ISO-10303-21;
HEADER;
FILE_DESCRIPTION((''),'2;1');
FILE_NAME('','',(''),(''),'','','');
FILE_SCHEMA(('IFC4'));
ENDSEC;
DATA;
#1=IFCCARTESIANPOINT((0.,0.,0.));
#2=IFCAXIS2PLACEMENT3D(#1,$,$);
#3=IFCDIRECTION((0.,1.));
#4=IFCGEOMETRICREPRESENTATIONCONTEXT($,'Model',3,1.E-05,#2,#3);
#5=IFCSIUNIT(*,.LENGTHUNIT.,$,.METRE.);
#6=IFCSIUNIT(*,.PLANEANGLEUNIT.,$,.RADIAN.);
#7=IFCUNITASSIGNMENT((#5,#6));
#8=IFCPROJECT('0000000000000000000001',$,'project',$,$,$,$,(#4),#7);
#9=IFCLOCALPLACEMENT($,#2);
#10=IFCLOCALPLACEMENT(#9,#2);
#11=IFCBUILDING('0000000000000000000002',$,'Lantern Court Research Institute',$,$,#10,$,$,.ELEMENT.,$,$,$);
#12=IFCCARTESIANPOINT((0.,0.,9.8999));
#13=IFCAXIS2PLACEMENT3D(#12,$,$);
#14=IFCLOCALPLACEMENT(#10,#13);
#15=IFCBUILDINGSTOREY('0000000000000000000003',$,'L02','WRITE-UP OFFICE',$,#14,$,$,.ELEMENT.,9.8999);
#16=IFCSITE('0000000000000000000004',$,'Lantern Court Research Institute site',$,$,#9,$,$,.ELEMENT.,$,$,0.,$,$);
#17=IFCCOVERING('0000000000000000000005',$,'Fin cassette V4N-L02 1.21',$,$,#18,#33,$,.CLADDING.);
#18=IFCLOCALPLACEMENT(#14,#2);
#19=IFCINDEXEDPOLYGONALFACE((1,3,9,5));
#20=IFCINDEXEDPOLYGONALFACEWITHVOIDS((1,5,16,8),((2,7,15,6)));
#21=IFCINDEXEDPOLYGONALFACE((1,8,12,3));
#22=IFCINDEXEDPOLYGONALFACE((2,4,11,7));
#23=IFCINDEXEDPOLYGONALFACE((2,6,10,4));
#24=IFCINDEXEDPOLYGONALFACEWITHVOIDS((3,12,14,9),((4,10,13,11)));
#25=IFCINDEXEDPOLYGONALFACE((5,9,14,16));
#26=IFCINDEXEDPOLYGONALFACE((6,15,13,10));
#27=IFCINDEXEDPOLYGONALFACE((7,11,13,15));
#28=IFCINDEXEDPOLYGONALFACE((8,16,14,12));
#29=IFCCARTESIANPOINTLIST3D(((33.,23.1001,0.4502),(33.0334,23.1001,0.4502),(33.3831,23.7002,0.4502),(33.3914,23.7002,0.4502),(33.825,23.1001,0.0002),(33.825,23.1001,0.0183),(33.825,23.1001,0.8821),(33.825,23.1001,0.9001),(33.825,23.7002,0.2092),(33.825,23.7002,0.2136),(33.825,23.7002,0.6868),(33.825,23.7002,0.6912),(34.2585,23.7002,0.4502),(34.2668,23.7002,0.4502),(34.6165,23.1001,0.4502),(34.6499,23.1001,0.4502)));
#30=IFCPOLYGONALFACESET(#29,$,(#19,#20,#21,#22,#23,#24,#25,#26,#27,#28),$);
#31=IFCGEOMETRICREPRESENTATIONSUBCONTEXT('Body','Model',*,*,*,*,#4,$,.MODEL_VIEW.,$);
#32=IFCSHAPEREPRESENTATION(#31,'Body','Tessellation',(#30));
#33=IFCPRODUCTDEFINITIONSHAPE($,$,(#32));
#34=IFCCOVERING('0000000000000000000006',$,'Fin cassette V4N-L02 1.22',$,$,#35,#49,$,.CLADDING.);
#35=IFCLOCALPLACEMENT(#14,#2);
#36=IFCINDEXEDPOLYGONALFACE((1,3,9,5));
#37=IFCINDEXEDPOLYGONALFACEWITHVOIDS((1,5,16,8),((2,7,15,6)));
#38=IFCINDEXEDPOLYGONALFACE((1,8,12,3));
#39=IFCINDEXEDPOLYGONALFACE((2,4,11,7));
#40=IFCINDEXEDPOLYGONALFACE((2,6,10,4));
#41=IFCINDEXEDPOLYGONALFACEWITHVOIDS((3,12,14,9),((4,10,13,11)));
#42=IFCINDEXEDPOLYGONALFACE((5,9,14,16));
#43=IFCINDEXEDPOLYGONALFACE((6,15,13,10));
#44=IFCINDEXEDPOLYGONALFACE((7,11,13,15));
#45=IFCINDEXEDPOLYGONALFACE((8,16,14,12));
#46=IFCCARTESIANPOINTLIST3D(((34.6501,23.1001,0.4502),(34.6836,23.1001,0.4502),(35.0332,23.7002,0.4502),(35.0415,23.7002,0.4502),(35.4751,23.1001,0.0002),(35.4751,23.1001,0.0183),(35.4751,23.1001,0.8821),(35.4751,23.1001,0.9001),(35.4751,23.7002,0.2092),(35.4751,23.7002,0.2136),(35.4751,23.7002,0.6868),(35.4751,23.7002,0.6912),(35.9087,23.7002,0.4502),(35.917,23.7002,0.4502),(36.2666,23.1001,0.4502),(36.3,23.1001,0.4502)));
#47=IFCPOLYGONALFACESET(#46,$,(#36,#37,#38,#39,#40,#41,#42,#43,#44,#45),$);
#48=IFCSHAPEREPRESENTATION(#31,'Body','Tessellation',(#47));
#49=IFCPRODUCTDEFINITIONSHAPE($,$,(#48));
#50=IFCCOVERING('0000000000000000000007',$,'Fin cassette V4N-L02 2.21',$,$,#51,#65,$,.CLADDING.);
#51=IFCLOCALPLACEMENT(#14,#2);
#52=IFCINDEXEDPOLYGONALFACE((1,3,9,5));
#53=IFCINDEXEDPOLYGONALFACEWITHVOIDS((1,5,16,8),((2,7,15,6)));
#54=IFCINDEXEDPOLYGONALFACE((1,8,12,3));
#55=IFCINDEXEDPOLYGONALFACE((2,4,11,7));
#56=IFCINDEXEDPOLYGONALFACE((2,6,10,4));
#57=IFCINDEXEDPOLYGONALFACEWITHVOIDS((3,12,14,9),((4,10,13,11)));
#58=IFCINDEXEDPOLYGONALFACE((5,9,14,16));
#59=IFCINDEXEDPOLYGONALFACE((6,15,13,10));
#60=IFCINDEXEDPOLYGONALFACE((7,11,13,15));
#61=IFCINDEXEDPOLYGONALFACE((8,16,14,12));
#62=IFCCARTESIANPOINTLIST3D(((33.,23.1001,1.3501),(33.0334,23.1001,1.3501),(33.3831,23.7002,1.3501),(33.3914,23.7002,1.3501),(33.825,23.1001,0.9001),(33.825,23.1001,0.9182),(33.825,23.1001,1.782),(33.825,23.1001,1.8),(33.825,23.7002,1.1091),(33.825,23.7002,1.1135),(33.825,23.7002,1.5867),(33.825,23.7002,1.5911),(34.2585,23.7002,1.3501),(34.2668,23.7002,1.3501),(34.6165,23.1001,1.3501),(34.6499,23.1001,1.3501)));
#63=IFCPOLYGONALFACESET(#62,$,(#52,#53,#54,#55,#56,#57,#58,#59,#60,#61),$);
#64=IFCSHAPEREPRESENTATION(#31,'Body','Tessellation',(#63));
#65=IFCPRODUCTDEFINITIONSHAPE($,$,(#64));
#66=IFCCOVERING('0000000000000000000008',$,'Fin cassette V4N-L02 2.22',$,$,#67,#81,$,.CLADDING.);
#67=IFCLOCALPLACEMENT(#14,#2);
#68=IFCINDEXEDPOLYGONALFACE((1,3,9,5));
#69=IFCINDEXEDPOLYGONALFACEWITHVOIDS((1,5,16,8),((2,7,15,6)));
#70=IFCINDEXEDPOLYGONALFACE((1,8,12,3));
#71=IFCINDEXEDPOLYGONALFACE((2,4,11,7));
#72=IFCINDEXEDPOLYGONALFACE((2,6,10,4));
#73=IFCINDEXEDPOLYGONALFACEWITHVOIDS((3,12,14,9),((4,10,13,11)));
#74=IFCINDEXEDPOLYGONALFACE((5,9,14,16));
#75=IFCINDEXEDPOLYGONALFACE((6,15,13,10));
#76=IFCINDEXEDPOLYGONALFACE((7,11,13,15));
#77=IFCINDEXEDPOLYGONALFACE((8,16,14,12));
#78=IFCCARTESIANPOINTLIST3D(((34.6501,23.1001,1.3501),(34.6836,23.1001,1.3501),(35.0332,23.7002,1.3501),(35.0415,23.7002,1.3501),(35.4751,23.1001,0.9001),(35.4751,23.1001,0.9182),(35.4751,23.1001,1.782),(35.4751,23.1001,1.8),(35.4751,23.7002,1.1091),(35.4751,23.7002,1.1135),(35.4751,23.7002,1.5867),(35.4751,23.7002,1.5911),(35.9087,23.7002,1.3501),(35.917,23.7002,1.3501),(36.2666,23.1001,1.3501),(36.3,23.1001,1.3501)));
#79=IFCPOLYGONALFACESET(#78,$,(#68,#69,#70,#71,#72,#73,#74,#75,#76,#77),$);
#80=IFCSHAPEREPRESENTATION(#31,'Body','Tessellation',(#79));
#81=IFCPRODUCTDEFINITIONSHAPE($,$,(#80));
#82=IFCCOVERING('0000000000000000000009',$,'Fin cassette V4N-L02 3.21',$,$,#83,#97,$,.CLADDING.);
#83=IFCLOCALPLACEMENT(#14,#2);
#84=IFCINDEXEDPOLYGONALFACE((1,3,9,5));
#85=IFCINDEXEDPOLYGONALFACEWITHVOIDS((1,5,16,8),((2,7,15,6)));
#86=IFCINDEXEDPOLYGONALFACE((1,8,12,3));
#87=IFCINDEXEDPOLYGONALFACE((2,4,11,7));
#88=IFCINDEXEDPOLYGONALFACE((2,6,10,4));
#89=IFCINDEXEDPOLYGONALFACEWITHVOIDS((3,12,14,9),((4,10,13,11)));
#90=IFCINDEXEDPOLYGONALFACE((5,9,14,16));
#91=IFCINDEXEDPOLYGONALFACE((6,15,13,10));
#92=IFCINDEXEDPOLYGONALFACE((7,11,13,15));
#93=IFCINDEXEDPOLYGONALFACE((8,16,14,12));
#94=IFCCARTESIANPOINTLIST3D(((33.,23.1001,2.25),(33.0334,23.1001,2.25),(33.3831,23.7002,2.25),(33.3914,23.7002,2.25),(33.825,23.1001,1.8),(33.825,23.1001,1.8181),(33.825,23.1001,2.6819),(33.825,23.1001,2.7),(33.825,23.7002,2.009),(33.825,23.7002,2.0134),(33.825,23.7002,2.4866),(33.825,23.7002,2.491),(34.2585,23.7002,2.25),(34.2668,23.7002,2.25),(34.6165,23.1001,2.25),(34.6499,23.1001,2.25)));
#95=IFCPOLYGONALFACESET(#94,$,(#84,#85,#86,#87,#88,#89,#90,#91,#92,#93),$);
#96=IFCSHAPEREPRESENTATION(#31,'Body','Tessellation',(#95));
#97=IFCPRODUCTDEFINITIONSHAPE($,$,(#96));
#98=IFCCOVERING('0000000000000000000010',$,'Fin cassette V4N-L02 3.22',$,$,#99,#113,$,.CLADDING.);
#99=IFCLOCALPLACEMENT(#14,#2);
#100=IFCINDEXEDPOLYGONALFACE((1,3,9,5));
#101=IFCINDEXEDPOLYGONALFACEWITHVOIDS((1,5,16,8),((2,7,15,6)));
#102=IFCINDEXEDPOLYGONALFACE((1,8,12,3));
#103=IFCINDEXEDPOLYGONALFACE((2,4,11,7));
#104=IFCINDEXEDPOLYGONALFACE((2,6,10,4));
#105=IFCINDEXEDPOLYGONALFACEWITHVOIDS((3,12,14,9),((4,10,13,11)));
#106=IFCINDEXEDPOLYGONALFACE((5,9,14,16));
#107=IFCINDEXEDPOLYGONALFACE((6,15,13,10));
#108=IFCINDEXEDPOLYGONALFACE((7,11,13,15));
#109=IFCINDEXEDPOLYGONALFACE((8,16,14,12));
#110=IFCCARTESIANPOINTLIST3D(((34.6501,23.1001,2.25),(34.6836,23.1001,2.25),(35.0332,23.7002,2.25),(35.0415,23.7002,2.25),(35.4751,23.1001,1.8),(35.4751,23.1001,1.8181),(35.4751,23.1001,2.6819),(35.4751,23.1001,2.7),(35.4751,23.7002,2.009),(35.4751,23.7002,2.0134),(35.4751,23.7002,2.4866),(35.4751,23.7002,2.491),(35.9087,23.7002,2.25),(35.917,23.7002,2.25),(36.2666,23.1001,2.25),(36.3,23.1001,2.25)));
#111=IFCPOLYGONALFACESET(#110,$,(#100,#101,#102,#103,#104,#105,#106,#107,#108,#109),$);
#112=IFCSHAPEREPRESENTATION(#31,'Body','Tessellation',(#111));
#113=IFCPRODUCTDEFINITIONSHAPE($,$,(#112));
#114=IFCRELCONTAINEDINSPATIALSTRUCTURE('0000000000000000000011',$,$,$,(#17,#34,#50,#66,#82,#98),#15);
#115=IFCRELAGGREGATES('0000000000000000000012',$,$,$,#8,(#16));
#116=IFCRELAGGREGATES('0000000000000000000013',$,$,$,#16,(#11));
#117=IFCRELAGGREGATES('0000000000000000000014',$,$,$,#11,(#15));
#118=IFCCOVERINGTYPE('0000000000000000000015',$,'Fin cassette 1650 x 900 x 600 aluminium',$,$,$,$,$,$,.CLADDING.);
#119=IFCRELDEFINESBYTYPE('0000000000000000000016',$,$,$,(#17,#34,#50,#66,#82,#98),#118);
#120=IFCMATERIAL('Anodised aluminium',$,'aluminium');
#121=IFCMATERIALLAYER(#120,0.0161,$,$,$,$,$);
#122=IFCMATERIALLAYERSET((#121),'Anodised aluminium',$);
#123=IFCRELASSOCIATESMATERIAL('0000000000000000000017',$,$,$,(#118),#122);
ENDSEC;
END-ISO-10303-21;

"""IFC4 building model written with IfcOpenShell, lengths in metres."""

from ifc_helpers import new_model, entity, si_unit, direction, frame, origin, place, context, subcontext, project, spatial, material, layer, layer_set, type_object, element, save


model = new_model("IFC4")

# Units and contexts
model_context = context("Model", 3, precision=1e-05, world=origin(), true_north=direction((0.0, 1.0)))
body_context = subcontext(model_context, "Body", "Model", "MODEL_VIEW")
ifc_project = project(units=[si_unit("LENGTHUNIT", "METRE"), si_unit("PLANEANGLEUNIT", "RADIAN")], contexts=[model_context])

# Site, building, storey
site_placement = place(None, origin())
site = spatial("IfcSite", under=ifc_project, at=site_placement, Name="Lantern Court Research Institute site", CompositionType="ELEMENT", RefElevation=0.0)
building_placement = place(site_placement, origin())
building = spatial("IfcBuilding", under=site, at=building_placement, Name="Lantern Court Research Institute", CompositionType="ELEMENT")
storey_placement = place(building_placement, frame((0.0, 0.0, 9.8999)))
storey = spatial("IfcBuildingStorey", under=building, at=storey_placement, Name="L02", Description="WRITE-UP OFFICE", CompositionType="ELEMENT", Elevation=9.8999)

# Coverings
ifc_material_1 = material(Name="Anodised aluminium", Category="aluminium")
ifc_layer_1 = layer(ifc_material_1, 0.0161)
ifc_layer_set_1 = layer_set([ifc_layer_1], Name="Anodised aluminium")
covering_type = type_object("IfcCoveringType", Name="Fin cassette 1650 x 900 x 600 aluminium", PredefinedType="CLADDING", material=ifc_layer_set_1)
covering_1_placement = place(storey_placement, frame((33.825, 23.1001, 0.4502), z_axis=(0.0, 1.0, 0.0), x_axis=(-1.0, 0.0, 0.0)))
cartesian_point_1 = entity("IfcCartesianPoint", [0.825, 0.0])
cartesian_point_2 = entity("IfcCartesianPoint", [0.7915, 0.0])
cartesian_point_3 = entity("IfcCartesianPoint", [0.4419, 0.0])
cartesian_point_4 = entity("IfcCartesianPoint", [0.4336, 0.0])
element("IfcCovering", 1, at=covering_1_placement, inside=storey, type_object=covering_type, Name="Fin cassette V4N-L02 1.21", PredefinedType="CLADDING", context=body_context, shape_type="SweptSolid", body=[
    entity("IfcExtrudedAreaSolidTapered", entity("IfcArbitraryProfileDefWithVoids", "AREA", None, entity("IfcPolyline", [cartesian_point_1, entity("IfcCartesianPoint", [0.0, 0.45]), entity("IfcCartesianPoint", [-0.825, 0.0]), entity("IfcCartesianPoint", [0.0, -0.45]), cartesian_point_1]), [entity("IfcPolyline", [cartesian_point_2, entity("IfcCartesianPoint", [0.0, 0.4319]), entity("IfcCartesianPoint", [-0.7915, 0.0]), entity("IfcCartesianPoint", [0.0, -0.4319]), cartesian_point_2])]), entity("IfcAxis2Placement3D", entity("IfcCartesianPoint", [0.0, 0.0, 0.0])), entity("IfcDirection", [0.0, 0.0, 1.0]), 0.6001, entity("IfcArbitraryProfileDefWithVoids", "AREA", None, entity("IfcPolyline", [cartesian_point_3, entity("IfcCartesianPoint", [0.0, 0.241]), entity("IfcCartesianPoint", [-0.4419, 0.0]), entity("IfcCartesianPoint", [0.0, -0.241]), cartesian_point_3]), [entity("IfcPolyline", [cartesian_point_4, entity("IfcCartesianPoint", [0.0, 0.2366]), entity("IfcCartesianPoint", [-0.4336, 0.0]), entity("IfcCartesianPoint", [0.0, -0.2366]), cartesian_point_4])])),
])
covering_2_placement = place(storey_placement, frame((35.4751, 23.1001, 0.4502), z_axis=(0.0, 1.0, 0.0), x_axis=(-1.0, 0.0, 0.0)))
cartesian_point_5 = entity("IfcCartesianPoint", [0.825, 0.0])
cartesian_point_6 = entity("IfcCartesianPoint", [0.7915, 0.0])
cartesian_point_7 = entity("IfcCartesianPoint", [0.4419, 0.0])
cartesian_point_8 = entity("IfcCartesianPoint", [0.4336, 0.0])
element("IfcCovering", 2, at=covering_2_placement, inside=storey, type_object=covering_type, Name="Fin cassette V4N-L02 1.22", PredefinedType="CLADDING", context=body_context, shape_type="SweptSolid", body=[
    entity("IfcExtrudedAreaSolidTapered", entity("IfcArbitraryProfileDefWithVoids", "AREA", None, entity("IfcPolyline", [cartesian_point_5, entity("IfcCartesianPoint", [0.0, 0.45]), entity("IfcCartesianPoint", [-0.825, 0.0]), entity("IfcCartesianPoint", [0.0, -0.45]), cartesian_point_5]), [entity("IfcPolyline", [cartesian_point_6, entity("IfcCartesianPoint", [0.0, 0.4319]), entity("IfcCartesianPoint", [-0.7915, 0.0]), entity("IfcCartesianPoint", [0.0, -0.4319]), cartesian_point_6])]), entity("IfcAxis2Placement3D", entity("IfcCartesianPoint", [0.0, 0.0, 0.0])), entity("IfcDirection", [0.0, 0.0, 1.0]), 0.6001, entity("IfcArbitraryProfileDefWithVoids", "AREA", None, entity("IfcPolyline", [cartesian_point_7, entity("IfcCartesianPoint", [0.0, 0.241]), entity("IfcCartesianPoint", [-0.4419, 0.0]), entity("IfcCartesianPoint", [0.0, -0.241]), cartesian_point_7]), [entity("IfcPolyline", [cartesian_point_8, entity("IfcCartesianPoint", [0.0, 0.2366]), entity("IfcCartesianPoint", [-0.4336, 0.0]), entity("IfcCartesianPoint", [0.0, -0.2366]), cartesian_point_8])])),
])
covering_3_placement = place(storey_placement, frame((33.825, 23.1001, 1.3501), z_axis=(0.0, 1.0, 0.0), x_axis=(-1.0, 0.0, 0.0)))
cartesian_point_9 = entity("IfcCartesianPoint", [0.825, 0.0])
cartesian_point_10 = entity("IfcCartesianPoint", [0.7915, 0.0])
cartesian_point_11 = entity("IfcCartesianPoint", [0.4419, 0.0])
cartesian_point_12 = entity("IfcCartesianPoint", [0.4336, 0.0])
element("IfcCovering", 3, at=covering_3_placement, inside=storey, type_object=covering_type, Name="Fin cassette V4N-L02 2.21", PredefinedType="CLADDING", context=body_context, shape_type="SweptSolid", body=[
    entity("IfcExtrudedAreaSolidTapered", entity("IfcArbitraryProfileDefWithVoids", "AREA", None, entity("IfcPolyline", [cartesian_point_9, entity("IfcCartesianPoint", [0.0, 0.45]), entity("IfcCartesianPoint", [-0.825, 0.0]), entity("IfcCartesianPoint", [0.0, -0.45]), cartesian_point_9]), [entity("IfcPolyline", [cartesian_point_10, entity("IfcCartesianPoint", [0.0, 0.4319]), entity("IfcCartesianPoint", [-0.7915, 0.0]), entity("IfcCartesianPoint", [0.0, -0.4319]), cartesian_point_10])]), entity("IfcAxis2Placement3D", entity("IfcCartesianPoint", [0.0, 0.0, 0.0])), entity("IfcDirection", [0.0, 0.0, 1.0]), 0.6001, entity("IfcArbitraryProfileDefWithVoids", "AREA", None, entity("IfcPolyline", [cartesian_point_11, entity("IfcCartesianPoint", [0.0, 0.241]), entity("IfcCartesianPoint", [-0.4419, 0.0]), entity("IfcCartesianPoint", [0.0, -0.241]), cartesian_point_11]), [entity("IfcPolyline", [cartesian_point_12, entity("IfcCartesianPoint", [0.0, 0.2366]), entity("IfcCartesianPoint", [-0.4336, 0.0]), entity("IfcCartesianPoint", [0.0, -0.2366]), cartesian_point_12])])),
])
covering_4_placement = place(storey_placement, frame((35.4751, 23.1001, 1.3501), z_axis=(0.0, 1.0, 0.0), x_axis=(-1.0, 0.0, 0.0)))
cartesian_point_13 = entity("IfcCartesianPoint", [0.825, 0.0])
cartesian_point_14 = entity("IfcCartesianPoint", [0.7915, 0.0])
cartesian_point_15 = entity("IfcCartesianPoint", [0.4419, 0.0])
cartesian_point_16 = entity("IfcCartesianPoint", [0.4336, 0.0])
element("IfcCovering", 4, at=covering_4_placement, inside=storey, type_object=covering_type, Name="Fin cassette V4N-L02 2.22", PredefinedType="CLADDING", context=body_context, shape_type="SweptSolid", body=[
    entity("IfcExtrudedAreaSolidTapered", entity("IfcArbitraryProfileDefWithVoids", "AREA", None, entity("IfcPolyline", [cartesian_point_13, entity("IfcCartesianPoint", [0.0, 0.45]), entity("IfcCartesianPoint", [-0.825, 0.0]), entity("IfcCartesianPoint", [0.0, -0.45]), cartesian_point_13]), [entity("IfcPolyline", [cartesian_point_14, entity("IfcCartesianPoint", [0.0, 0.4319]), entity("IfcCartesianPoint", [-0.7915, 0.0]), entity("IfcCartesianPoint", [0.0, -0.4319]), cartesian_point_14])]), entity("IfcAxis2Placement3D", entity("IfcCartesianPoint", [0.0, 0.0, 0.0])), entity("IfcDirection", [0.0, 0.0, 1.0]), 0.6001, entity("IfcArbitraryProfileDefWithVoids", "AREA", None, entity("IfcPolyline", [cartesian_point_15, entity("IfcCartesianPoint", [0.0, 0.241]), entity("IfcCartesianPoint", [-0.4419, 0.0]), entity("IfcCartesianPoint", [0.0, -0.241]), cartesian_point_15]), [entity("IfcPolyline", [cartesian_point_16, entity("IfcCartesianPoint", [0.0, 0.2366]), entity("IfcCartesianPoint", [-0.4336, 0.0]), entity("IfcCartesianPoint", [0.0, -0.2366]), cartesian_point_16])])),
])
covering_5_placement = place(storey_placement, frame((33.825, 23.1001, 2.25), z_axis=(0.0, 1.0, 0.0), x_axis=(-1.0, 0.0, 0.0)))
cartesian_point_17 = entity("IfcCartesianPoint", [0.825, 0.0])
cartesian_point_18 = entity("IfcCartesianPoint", [0.7915, 0.0])
cartesian_point_19 = entity("IfcCartesianPoint", [0.4419, 0.0])
cartesian_point_20 = entity("IfcCartesianPoint", [0.4336, 0.0])
element("IfcCovering", 5, at=covering_5_placement, inside=storey, type_object=covering_type, Name="Fin cassette V4N-L02 3.21", PredefinedType="CLADDING", context=body_context, shape_type="SweptSolid", body=[
    entity("IfcExtrudedAreaSolidTapered", entity("IfcArbitraryProfileDefWithVoids", "AREA", None, entity("IfcPolyline", [cartesian_point_17, entity("IfcCartesianPoint", [0.0, 0.45]), entity("IfcCartesianPoint", [-0.825, 0.0]), entity("IfcCartesianPoint", [0.0, -0.45]), cartesian_point_17]), [entity("IfcPolyline", [cartesian_point_18, entity("IfcCartesianPoint", [0.0, 0.4319]), entity("IfcCartesianPoint", [-0.7915, 0.0]), entity("IfcCartesianPoint", [0.0, -0.4319]), cartesian_point_18])]), entity("IfcAxis2Placement3D", entity("IfcCartesianPoint", [0.0, 0.0, 0.0])), entity("IfcDirection", [0.0, 0.0, 1.0]), 0.6001, entity("IfcArbitraryProfileDefWithVoids", "AREA", None, entity("IfcPolyline", [cartesian_point_19, entity("IfcCartesianPoint", [0.0, 0.241]), entity("IfcCartesianPoint", [-0.4419, 0.0]), entity("IfcCartesianPoint", [0.0, -0.241]), cartesian_point_19]), [entity("IfcPolyline", [cartesian_point_20, entity("IfcCartesianPoint", [0.0, 0.2366]), entity("IfcCartesianPoint", [-0.4336, 0.0]), entity("IfcCartesianPoint", [0.0, -0.2366]), cartesian_point_20])])),
])
covering_6_placement = place(storey_placement, frame((35.4751, 23.1001, 2.25), z_axis=(0.0, 1.0, 0.0), x_axis=(-1.0, 0.0, 0.0)))
cartesian_point_21 = entity("IfcCartesianPoint", [0.825, 0.0])
cartesian_point_22 = entity("IfcCartesianPoint", [0.7915, 0.0])
cartesian_point_23 = entity("IfcCartesianPoint", [0.4419, 0.0])
cartesian_point_24 = entity("IfcCartesianPoint", [0.4336, 0.0])
element("IfcCovering", 6, at=covering_6_placement, inside=storey, type_object=covering_type, Name="Fin cassette V4N-L02 3.22", PredefinedType="CLADDING", context=body_context, shape_type="SweptSolid", body=[
    entity("IfcExtrudedAreaSolidTapered", entity("IfcArbitraryProfileDefWithVoids", "AREA", None, entity("IfcPolyline", [cartesian_point_21, entity("IfcCartesianPoint", [0.0, 0.45]), entity("IfcCartesianPoint", [-0.825, 0.0]), entity("IfcCartesianPoint", [0.0, -0.45]), cartesian_point_21]), [entity("IfcPolyline", [cartesian_point_22, entity("IfcCartesianPoint", [0.0, 0.4319]), entity("IfcCartesianPoint", [-0.7915, 0.0]), entity("IfcCartesianPoint", [0.0, -0.4319]), cartesian_point_22])]), entity("IfcAxis2Placement3D", entity("IfcCartesianPoint", [0.0, 0.0, 0.0])), entity("IfcDirection", [0.0, 0.0, 1.0]), 0.6001, entity("IfcArbitraryProfileDefWithVoids", "AREA", None, entity("IfcPolyline", [cartesian_point_23, entity("IfcCartesianPoint", [0.0, 0.241]), entity("IfcCartesianPoint", [-0.4419, 0.0]), entity("IfcCartesianPoint", [0.0, -0.241]), cartesian_point_23]), [entity("IfcPolyline", [cartesian_point_24, entity("IfcCartesianPoint", [0.0, 0.2366]), entity("IfcCartesianPoint", [-0.4336, 0.0]), entity("IfcCartesianPoint", [0.0, -0.2366]), cartesian_point_24])])),
])

save(model, "model.ifc")
